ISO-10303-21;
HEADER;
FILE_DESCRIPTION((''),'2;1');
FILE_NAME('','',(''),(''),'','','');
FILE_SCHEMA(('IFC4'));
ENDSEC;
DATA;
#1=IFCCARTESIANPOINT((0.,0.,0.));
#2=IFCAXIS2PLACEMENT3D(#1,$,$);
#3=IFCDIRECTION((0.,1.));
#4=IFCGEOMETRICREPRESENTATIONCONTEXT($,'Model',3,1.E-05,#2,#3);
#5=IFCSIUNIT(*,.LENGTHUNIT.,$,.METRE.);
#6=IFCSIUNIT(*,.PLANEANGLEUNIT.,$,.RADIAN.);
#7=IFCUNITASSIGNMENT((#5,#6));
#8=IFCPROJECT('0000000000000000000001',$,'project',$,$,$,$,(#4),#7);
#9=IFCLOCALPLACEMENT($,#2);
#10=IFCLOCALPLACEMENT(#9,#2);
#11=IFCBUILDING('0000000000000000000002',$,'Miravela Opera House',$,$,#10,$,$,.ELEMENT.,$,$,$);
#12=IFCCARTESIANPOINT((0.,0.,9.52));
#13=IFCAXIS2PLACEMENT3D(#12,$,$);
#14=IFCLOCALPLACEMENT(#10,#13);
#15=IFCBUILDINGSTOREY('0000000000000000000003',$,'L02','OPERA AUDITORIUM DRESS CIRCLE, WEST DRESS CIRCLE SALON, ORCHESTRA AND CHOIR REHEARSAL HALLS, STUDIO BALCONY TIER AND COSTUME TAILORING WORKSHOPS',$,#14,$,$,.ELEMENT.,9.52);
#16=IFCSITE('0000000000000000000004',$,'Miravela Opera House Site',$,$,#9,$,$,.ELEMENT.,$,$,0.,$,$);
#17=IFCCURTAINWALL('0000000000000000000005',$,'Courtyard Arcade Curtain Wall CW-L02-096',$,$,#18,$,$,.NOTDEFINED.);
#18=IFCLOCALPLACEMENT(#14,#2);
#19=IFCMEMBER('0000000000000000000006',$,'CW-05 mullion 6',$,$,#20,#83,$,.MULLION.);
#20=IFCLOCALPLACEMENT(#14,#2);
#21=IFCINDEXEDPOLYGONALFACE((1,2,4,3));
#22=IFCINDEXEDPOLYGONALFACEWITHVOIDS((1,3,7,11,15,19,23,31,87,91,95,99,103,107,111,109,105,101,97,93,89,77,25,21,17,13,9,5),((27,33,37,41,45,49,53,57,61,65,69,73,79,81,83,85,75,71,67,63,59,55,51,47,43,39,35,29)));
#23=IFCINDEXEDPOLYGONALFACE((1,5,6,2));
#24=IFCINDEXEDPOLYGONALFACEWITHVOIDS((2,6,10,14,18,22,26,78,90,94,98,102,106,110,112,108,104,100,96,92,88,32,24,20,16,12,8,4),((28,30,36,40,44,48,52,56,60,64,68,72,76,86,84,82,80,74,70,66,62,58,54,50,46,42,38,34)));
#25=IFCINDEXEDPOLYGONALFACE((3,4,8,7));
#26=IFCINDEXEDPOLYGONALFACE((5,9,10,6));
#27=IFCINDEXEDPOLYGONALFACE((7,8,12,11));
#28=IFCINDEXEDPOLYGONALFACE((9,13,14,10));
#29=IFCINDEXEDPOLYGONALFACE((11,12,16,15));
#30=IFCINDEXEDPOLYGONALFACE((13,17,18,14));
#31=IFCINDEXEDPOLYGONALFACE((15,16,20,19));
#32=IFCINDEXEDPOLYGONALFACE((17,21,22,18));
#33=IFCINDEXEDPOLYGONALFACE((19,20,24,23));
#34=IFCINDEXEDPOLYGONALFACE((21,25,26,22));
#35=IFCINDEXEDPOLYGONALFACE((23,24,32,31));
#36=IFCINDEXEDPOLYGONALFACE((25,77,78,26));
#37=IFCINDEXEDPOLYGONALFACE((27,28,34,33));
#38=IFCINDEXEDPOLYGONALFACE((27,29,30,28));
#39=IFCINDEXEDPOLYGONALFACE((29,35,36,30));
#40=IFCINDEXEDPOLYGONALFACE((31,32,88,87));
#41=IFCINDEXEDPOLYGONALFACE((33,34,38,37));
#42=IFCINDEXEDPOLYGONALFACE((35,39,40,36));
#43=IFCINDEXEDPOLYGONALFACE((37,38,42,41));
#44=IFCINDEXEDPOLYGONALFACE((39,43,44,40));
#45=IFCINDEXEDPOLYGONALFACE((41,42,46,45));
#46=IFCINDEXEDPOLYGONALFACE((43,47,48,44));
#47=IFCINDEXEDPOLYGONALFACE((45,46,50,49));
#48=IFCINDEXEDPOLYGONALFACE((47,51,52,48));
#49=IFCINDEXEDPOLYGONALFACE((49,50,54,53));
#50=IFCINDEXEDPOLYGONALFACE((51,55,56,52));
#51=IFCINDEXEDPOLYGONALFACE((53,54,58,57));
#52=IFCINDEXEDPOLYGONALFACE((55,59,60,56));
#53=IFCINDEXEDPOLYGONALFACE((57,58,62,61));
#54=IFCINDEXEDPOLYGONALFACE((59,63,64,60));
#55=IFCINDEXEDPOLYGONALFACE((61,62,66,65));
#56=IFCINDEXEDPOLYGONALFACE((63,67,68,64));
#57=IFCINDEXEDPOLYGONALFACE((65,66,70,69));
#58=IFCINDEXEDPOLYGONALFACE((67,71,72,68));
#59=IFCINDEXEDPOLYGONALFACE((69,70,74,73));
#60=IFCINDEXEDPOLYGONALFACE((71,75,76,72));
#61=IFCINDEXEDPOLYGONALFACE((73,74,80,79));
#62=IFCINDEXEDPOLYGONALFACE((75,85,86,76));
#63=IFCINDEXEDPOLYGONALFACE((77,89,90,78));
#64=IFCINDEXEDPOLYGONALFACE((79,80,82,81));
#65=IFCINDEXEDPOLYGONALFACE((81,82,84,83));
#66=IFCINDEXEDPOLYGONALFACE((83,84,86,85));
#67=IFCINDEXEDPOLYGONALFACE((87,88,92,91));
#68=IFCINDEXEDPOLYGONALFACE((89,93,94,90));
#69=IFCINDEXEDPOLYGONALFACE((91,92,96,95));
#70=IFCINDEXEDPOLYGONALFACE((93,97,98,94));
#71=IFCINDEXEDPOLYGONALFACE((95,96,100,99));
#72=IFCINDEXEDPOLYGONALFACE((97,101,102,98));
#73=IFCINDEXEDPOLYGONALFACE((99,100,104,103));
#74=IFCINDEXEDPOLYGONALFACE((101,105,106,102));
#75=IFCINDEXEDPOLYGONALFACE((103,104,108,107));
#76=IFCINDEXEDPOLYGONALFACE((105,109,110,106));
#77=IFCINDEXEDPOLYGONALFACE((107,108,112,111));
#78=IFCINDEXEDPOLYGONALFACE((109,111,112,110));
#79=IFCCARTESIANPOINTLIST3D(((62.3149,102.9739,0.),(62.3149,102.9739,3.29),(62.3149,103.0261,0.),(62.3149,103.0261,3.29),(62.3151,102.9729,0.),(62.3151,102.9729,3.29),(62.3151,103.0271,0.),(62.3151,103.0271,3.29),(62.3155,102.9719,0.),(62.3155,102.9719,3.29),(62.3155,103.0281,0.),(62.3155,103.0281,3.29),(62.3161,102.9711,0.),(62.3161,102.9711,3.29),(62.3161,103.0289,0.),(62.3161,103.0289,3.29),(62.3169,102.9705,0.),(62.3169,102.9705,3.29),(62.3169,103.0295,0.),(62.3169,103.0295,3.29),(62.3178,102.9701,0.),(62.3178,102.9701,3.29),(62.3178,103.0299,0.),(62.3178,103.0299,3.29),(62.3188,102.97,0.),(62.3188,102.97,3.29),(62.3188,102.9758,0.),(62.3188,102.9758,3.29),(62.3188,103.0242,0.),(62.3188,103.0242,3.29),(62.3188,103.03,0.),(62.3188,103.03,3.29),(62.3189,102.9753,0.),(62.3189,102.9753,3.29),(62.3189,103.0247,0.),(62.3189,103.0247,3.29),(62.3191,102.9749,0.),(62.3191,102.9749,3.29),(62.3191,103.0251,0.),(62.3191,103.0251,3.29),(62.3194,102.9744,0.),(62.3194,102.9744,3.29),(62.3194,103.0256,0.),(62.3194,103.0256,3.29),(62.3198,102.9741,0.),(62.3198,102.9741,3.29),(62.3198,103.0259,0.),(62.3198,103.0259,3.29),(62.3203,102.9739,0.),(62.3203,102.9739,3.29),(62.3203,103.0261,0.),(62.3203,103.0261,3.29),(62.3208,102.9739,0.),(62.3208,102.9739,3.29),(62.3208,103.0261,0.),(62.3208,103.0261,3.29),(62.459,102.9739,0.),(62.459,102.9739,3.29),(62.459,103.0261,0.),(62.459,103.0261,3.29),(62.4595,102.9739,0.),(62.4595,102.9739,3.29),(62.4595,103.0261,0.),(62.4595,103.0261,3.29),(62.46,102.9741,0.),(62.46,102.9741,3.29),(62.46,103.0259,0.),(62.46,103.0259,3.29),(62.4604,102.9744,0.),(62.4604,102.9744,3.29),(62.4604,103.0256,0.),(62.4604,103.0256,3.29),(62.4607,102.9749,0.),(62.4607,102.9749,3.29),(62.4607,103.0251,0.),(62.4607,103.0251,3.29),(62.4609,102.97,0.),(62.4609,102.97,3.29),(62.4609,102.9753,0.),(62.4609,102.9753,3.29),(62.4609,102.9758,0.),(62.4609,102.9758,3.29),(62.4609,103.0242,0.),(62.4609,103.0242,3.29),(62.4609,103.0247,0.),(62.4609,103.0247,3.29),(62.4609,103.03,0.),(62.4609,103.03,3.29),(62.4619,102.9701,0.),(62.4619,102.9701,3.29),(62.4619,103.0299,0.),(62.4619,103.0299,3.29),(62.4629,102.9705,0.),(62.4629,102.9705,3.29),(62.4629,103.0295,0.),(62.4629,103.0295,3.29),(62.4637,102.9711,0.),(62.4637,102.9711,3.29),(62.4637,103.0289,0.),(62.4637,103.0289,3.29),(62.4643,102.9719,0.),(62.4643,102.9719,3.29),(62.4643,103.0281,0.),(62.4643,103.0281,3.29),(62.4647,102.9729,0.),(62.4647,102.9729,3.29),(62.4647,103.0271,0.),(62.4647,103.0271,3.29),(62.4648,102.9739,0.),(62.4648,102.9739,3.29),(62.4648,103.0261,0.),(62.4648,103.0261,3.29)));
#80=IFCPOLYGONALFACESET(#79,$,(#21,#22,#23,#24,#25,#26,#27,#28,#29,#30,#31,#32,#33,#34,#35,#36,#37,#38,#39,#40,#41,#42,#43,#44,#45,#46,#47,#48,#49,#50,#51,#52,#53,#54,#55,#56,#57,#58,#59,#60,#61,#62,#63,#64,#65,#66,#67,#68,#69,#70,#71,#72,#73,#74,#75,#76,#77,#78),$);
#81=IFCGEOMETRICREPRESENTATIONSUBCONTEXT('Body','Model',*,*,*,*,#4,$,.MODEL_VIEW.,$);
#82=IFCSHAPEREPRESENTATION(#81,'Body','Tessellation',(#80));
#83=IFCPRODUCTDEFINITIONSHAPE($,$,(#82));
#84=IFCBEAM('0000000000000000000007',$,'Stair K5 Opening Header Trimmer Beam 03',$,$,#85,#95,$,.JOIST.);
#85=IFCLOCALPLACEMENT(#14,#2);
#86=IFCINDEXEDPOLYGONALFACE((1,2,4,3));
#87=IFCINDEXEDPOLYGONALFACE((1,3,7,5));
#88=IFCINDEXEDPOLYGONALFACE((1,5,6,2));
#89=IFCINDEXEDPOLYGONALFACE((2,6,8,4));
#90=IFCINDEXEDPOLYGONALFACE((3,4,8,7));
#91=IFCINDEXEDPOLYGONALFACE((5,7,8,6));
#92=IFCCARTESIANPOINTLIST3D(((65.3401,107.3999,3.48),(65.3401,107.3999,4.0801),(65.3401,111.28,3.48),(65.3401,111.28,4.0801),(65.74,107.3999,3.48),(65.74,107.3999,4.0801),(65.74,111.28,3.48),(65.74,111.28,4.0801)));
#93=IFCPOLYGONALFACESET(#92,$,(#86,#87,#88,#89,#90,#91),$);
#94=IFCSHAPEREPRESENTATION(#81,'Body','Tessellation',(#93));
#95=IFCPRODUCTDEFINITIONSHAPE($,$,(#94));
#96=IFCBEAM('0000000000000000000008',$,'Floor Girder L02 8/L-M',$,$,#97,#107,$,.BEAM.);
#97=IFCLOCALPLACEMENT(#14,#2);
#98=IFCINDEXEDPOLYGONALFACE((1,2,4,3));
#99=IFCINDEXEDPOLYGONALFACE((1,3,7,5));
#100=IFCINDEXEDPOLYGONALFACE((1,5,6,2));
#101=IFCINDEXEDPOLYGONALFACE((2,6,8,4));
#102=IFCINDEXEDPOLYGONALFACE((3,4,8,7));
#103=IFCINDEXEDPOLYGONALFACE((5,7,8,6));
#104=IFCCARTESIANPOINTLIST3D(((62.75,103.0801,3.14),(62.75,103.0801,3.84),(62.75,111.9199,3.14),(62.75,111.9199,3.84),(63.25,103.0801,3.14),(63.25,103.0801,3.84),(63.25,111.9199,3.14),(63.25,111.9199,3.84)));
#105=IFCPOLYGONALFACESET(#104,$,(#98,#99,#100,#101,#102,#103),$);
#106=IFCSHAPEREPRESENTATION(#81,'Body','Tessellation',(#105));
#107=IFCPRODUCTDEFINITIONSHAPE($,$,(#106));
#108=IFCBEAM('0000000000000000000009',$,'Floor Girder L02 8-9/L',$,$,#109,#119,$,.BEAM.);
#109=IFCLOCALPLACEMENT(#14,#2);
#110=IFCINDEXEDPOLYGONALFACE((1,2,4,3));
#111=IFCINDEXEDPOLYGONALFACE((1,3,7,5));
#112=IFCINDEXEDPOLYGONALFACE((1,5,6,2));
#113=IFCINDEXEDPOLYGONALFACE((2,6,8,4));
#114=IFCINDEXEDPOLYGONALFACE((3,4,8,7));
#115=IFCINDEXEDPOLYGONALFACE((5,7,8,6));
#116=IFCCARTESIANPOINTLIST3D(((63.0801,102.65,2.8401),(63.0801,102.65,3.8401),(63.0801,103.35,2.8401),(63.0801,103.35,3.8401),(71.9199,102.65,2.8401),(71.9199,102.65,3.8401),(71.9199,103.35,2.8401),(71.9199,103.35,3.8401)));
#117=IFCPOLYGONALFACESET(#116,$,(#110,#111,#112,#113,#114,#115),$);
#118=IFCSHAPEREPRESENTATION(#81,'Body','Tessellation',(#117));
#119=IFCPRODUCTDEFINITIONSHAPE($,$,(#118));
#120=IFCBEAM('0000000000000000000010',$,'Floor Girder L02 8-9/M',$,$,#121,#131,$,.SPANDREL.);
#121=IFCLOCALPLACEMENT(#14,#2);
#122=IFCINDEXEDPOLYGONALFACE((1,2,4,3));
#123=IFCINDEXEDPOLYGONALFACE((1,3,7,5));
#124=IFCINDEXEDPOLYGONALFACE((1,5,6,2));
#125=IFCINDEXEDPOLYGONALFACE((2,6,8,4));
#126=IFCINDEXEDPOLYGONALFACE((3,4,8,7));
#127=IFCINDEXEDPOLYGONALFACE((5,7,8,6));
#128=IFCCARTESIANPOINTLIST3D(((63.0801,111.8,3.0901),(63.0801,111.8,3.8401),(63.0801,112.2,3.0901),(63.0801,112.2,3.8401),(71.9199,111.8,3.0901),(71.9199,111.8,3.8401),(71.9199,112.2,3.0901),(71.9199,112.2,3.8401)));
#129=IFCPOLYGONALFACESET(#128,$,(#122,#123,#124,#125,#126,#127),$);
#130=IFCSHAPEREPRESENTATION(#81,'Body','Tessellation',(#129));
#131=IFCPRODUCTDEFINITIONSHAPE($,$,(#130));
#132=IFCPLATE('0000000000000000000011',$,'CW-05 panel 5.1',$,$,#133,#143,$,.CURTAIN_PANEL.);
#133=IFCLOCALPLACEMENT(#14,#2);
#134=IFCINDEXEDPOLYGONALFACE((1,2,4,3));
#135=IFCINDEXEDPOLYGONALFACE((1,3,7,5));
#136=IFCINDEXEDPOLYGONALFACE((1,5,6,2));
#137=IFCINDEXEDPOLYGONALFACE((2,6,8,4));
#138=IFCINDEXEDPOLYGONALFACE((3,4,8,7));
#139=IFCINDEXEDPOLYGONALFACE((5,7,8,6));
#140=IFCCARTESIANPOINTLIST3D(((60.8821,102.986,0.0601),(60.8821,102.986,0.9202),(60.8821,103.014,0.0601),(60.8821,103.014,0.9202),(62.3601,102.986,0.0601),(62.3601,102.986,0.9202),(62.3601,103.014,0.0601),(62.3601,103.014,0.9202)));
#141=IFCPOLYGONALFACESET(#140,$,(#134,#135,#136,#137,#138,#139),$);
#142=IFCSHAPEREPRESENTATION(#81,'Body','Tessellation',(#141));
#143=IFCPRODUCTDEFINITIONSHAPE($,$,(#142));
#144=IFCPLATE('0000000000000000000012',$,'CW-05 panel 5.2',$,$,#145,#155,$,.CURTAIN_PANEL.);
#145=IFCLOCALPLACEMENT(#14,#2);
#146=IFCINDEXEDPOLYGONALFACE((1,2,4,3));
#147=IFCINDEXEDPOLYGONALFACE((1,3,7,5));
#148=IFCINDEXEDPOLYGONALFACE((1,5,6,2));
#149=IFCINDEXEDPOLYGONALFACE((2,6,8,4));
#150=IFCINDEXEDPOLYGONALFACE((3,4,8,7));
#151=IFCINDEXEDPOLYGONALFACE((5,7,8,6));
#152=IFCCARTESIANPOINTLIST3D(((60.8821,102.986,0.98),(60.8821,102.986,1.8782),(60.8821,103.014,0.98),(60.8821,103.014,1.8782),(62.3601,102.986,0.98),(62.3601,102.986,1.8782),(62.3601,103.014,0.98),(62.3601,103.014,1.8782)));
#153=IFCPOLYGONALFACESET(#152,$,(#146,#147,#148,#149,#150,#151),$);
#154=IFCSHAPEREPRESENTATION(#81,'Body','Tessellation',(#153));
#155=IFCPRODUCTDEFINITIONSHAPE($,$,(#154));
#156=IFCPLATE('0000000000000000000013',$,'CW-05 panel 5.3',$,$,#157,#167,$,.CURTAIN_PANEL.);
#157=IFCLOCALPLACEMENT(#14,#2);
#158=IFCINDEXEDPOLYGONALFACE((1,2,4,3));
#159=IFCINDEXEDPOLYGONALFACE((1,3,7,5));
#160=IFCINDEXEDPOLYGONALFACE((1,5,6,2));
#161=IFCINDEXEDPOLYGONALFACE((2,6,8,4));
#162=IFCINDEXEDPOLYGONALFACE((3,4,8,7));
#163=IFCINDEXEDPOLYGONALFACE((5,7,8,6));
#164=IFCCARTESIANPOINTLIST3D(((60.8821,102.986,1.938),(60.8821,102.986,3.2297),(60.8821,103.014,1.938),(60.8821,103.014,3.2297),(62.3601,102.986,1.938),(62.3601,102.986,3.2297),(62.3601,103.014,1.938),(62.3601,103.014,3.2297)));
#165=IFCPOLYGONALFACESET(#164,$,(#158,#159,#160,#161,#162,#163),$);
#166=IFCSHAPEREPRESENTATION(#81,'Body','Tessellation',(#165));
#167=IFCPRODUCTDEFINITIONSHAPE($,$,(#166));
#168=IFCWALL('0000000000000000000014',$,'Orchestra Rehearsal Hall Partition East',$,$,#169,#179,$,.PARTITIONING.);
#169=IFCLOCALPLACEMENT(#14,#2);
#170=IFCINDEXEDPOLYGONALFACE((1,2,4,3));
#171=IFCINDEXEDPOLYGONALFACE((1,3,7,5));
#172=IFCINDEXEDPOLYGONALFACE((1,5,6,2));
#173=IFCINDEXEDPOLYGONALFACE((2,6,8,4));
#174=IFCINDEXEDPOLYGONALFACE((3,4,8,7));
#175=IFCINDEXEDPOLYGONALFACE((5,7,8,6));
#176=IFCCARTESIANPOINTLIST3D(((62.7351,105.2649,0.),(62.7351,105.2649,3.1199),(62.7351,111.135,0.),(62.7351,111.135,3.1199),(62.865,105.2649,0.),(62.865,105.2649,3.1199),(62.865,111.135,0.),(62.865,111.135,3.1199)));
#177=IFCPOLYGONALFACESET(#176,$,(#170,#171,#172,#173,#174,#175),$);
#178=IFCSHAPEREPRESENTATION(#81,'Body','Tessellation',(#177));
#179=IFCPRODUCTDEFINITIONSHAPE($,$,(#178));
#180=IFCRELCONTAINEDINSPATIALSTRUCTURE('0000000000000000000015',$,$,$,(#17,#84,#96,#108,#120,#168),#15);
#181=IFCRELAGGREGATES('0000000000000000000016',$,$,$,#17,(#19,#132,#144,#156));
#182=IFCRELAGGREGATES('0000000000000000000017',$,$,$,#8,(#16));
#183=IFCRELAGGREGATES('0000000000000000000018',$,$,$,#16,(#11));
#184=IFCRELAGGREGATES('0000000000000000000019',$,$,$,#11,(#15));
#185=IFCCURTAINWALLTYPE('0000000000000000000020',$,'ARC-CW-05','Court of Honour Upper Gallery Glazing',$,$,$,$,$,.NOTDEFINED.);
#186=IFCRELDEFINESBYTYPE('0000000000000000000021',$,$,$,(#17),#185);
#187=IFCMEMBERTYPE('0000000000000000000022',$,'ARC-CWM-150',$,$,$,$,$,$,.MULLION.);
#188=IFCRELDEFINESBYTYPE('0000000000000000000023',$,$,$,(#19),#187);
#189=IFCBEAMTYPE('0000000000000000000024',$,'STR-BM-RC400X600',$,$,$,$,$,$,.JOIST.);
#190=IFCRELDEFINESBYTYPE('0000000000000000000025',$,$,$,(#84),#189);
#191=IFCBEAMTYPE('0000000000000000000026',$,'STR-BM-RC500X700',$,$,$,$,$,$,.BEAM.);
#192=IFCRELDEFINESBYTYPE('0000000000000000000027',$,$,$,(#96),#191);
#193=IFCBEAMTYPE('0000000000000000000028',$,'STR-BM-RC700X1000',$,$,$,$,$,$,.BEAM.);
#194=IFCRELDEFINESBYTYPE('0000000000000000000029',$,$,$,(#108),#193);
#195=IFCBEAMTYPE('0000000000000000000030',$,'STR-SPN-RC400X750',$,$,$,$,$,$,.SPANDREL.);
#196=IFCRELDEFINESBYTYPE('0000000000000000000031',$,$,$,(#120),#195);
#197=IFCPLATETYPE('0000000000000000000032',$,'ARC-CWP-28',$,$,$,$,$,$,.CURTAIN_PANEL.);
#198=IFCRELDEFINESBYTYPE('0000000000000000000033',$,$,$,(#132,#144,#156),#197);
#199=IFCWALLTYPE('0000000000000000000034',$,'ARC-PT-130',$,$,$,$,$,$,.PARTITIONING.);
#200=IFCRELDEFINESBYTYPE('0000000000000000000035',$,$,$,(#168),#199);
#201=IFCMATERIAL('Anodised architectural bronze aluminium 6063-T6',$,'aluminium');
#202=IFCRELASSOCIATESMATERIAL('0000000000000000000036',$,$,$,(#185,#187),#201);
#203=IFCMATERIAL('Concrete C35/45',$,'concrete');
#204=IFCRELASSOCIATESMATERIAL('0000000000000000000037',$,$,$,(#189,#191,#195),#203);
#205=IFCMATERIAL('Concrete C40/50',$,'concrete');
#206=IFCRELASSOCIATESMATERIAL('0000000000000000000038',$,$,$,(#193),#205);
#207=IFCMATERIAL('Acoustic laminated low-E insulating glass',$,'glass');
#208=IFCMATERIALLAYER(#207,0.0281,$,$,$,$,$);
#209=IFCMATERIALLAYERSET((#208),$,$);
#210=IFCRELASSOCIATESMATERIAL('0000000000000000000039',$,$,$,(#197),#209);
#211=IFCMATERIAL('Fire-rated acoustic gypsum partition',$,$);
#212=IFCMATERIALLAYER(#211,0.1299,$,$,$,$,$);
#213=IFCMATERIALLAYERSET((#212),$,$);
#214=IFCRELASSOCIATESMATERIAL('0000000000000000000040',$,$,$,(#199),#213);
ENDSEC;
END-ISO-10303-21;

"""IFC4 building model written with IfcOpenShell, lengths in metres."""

from ifc_helpers import new_model, si_unit, direction, frame, frame_2d, origin, origin_2d, place, context, subcontext, project, spatial, rectangle, hollow_rectangle, extrude, material, layer, layer_set, material_profile, profile_set, type_object, element, aggregate, save


model = new_model("IFC4")

# Units and contexts
model_context = context("Model", 3, precision=1e-05, world=origin(), true_north=direction((0.0, 1.0)))
body_context = subcontext(model_context, "Body", "Model", "MODEL_VIEW")
ifc_project = project(units=[si_unit("LENGTHUNIT", "METRE"), si_unit("PLANEANGLEUNIT", "RADIAN")], contexts=[model_context])

# Site, building, storey
site_placement = place(None, origin())
site = spatial("IfcSite", under=ifc_project, at=site_placement, Name="Miravela Opera House Site", CompositionType="ELEMENT", RefElevation=0.0)
building_placement = place(site_placement, origin())
building = spatial("IfcBuilding", under=site, at=building_placement, Name="Miravela Opera House", CompositionType="ELEMENT")
storey_placement = place(building_placement, frame((0.0, 0.0, 9.52)))
storey = spatial("IfcBuildingStorey", under=building, at=storey_placement, Name="L02", Description="OPERA AUDITORIUM DRESS CIRCLE, WEST DRESS CIRCLE SALON, ORCHESTRA AND CHOIR REHEARSAL HALLS, STUDIO BALCONY TIER AND COSTUME TAILORING WORKSHOPS", CompositionType="ELEMENT", Elevation=9.52)

# Shared definitions
ifc_material_1 = material(Name="Concrete C35/45", Category="concrete")

# Curtain wall, member
ifc_material_2 = material(Name="Anodised architectural bronze aluminium 6063-T6", Category="aluminium")
curtain_wall_type = type_object("IfcCurtainWallType", Name="ARC-CW-05", Description="Court of Honour Upper Gallery Glazing", PredefinedType="NOTDEFINED", material=ifc_material_2)
curtain_wall_placement = place(storey_placement, origin())
curtain_wall = element("IfcCurtainWall", 1, at=curtain_wall_placement, inside=storey, type_object=curtain_wall_type, Name="Courtyard Arcade Curtain Wall CW-L02-096", PredefinedType="NOTDEFINED")
ifc_material_profile_1 = material_profile(ifc_material_2, hollow_rectangle(XDim=0.0601, YDim=0.1499, WallThickness=0.0039, InnerFilletRadius=0.002, OuterFilletRadius=0.0039, at=origin_2d()), Name="CWM-60X150")
ifc_profile_set_1 = profile_set([ifc_material_profile_1])
member_type = type_object("IfcMemberType", Name="ARC-CWM-150", PredefinedType="MULLION", material=ifc_profile_set_1)
member_placement = place(storey_placement, frame((62.3899, 103.0, 0.0), z_axis=(0.0, 0.0, 1.0), x_axis=(0.0, 1.0, 0.0)))
member = element("IfcMember", 2, at=member_placement, type_object=member_type, Name="CW-05 mullion 6", PredefinedType="MULLION", context=body_context, shape_type="SweptSolid", body=[
    extrude(hollow_rectangle(XDim=0.0601, YDim=0.1499, WallThickness=0.0039, InnerFilletRadius=0.002, OuterFilletRadius=0.0039, at=origin_2d()), origin(), (0.0, 0.0, 1.0), 3.29),
])

# Beams
ifc_material_profile_2 = material_profile(ifc_material_1, rectangle(XDim=0.3999, YDim=0.6001, at=origin_2d()), Name="RC-BM-400X600")
ifc_profile_set_2 = profile_set([ifc_material_profile_2])
beam_type_1 = type_object("IfcBeamType", Name="STR-BM-RC400X600", PredefinedType="JOIST", material=ifc_profile_set_2)
beam_1_placement = place(storey_placement, frame((65.54, 107.3999, 3.78), z_axis=(0.0, 1.0, 0.0), x_axis=(-1.0, 0.0, 0.0)))
element("IfcBeam", 3, at=beam_1_placement, inside=storey, type_object=beam_type_1, Name="Stair K5 Opening Header Trimmer Beam 03", PredefinedType="JOIST", context=body_context, shape_type="SweptSolid", body=[
    extrude(rectangle(XDim=0.3999, YDim=0.6001, at=origin_2d()), origin(), (0.0, 0.0, 1.0), 3.8801),
])
ifc_material_profile_3 = material_profile(ifc_material_1, rectangle(XDim=0.5, YDim=0.7, at=origin_2d()), Name="RC-BM-500X700")
ifc_profile_set_3 = profile_set([ifc_material_profile_3])
beam_type_2 = type_object("IfcBeamType", Name="STR-BM-RC500X700", PredefinedType="BEAM", material=ifc_profile_set_3)
beam_2_placement = place(storey_placement, frame((63.0, 103.0801, 3.49), z_axis=(0.0, 1.0, 0.0), x_axis=(-1.0, 0.0, 0.0)))
element("IfcBeam", 4, at=beam_2_placement, inside=storey, type_object=beam_type_2, Name="Floor Girder L02 8/L-M", PredefinedType="BEAM", context=body_context, shape_type="SweptSolid", body=[
    extrude(rectangle(XDim=0.5, YDim=0.7, at=origin_2d()), origin(), (0.0, 0.0, 1.0), 8.8398),
])
ifc_material_3 = material(Name="Concrete C40/50", Category="concrete")
ifc_material_profile_4 = material_profile(ifc_material_3, rectangle(XDim=0.7, YDim=1.0, at=origin_2d()), Name="RC-BM-700X1000")
ifc_profile_set_4 = profile_set([ifc_material_profile_4])
beam_type_3 = type_object("IfcBeamType", Name="STR-BM-RC700X1000", PredefinedType="BEAM", material=ifc_profile_set_4)
beam_3_placement = place(storey_placement, frame((63.0801, 103.0, 3.3401), z_axis=(1.0, 0.0, 0.0), x_axis=(0.0, 1.0, 0.0)))
element("IfcBeam", 5, at=beam_3_placement, inside=storey, type_object=beam_type_3, Name="Floor Girder L02 8-9/L", PredefinedType="BEAM", context=body_context, shape_type="SweptSolid", body=[
    extrude(rectangle(XDim=0.7, YDim=1.0, at=origin_2d()), origin(), (0.0, 0.0, 1.0), 8.8398),
])
ifc_material_profile_5 = material_profile(ifc_material_1, rectangle(XDim=0.3999, YDim=0.75, at=origin_2d()), Name="RC-SPN-400X750")
ifc_profile_set_5 = profile_set([ifc_material_profile_5])
beam_type_4 = type_object("IfcBeamType", Name="STR-SPN-RC400X750", PredefinedType="SPANDREL", material=ifc_profile_set_5)
beam_4_placement = place(storey_placement, frame((63.0801, 112.0, 3.4651), z_axis=(1.0, 0.0, 0.0), x_axis=(0.0, 1.0, 0.0)))
element("IfcBeam", 6, at=beam_4_placement, inside=storey, type_object=beam_type_4, Name="Floor Girder L02 8-9/M", PredefinedType="SPANDREL", context=body_context, shape_type="SweptSolid", body=[
    extrude(rectangle(XDim=0.3999, YDim=0.75, at=origin_2d()), origin(), (0.0, 0.0, 1.0), 8.8398),
])

# Plates
ifc_material_4 = material(Name="Acoustic laminated low-E insulating glass", Category="glass")
ifc_layer_1 = layer(ifc_material_4, 0.0281)
ifc_layer_set_1 = layer_set([ifc_layer_1])
plate_type = type_object("IfcPlateType", Name="ARC-CWP-28", PredefinedType="CURTAIN_PANEL", material=ifc_layer_set_1)
plate_1_placement = place(storey_placement, frame((61.6211, 103.0, 0.0601), z_axis=(0.0, 0.0, 1.0), x_axis=(1.0, 0.0, 0.0)))
plate_1 = element("IfcPlate", 7, at=plate_1_placement, type_object=plate_type, Name="CW-05 panel 5.1", PredefinedType="CURTAIN_PANEL", context=body_context, shape_type="SweptSolid", body=[
    extrude(rectangle(XDim=1.478, YDim=0.0281, at=origin_2d()), origin(), (0.0, 0.0, 1.0), 0.8601),
])
plate_2_placement = place(storey_placement, frame((61.6211, 103.0, 0.98), z_axis=(0.0, 0.0, 1.0), x_axis=(1.0, 0.0, 0.0)))
plate_2 = element("IfcPlate", 8, at=plate_2_placement, type_object=plate_type, Name="CW-05 panel 5.2", PredefinedType="CURTAIN_PANEL", context=body_context, shape_type="SweptSolid", body=[
    extrude(rectangle(XDim=1.478, YDim=0.0281, at=origin_2d()), origin(), (0.0, 0.0, 1.0), 0.8982),
])
plate_3_placement = place(storey_placement, frame((61.6211, 103.0, 1.938), z_axis=(0.0, 0.0, 1.0), x_axis=(1.0, 0.0, 0.0)))
plate_3 = element("IfcPlate", 9, at=plate_3_placement, type_object=plate_type, Name="CW-05 panel 5.3", PredefinedType="CURTAIN_PANEL", context=body_context, shape_type="SweptSolid", body=[
    extrude(rectangle(XDim=1.478, YDim=0.0281, at=origin_2d()), origin(), (0.0, 0.0, 1.0), 1.2917),
])
aggregate(curtain_wall, [member, plate_1, plate_2, plate_3])

# Wall
ifc_material_5 = material(Name="Fire-rated acoustic gypsum partition")
ifc_layer_2 = layer(ifc_material_5, 0.1299)
ifc_layer_set_2 = layer_set([ifc_layer_2])
wall_type_1 = type_object("IfcWallType", Name="ARC-PT-130", PredefinedType="PARTITIONING", material=ifc_layer_set_2)
wall_1_placement = place(storey_placement, frame((62.8, 105.2649, 0.0), z_axis=(0.0, 0.0, 1.0), x_axis=(0.0, 1.0, 0.0)))
element("IfcWall", 10, at=wall_1_placement, inside=storey, type_object=wall_type_1, Name="Orchestra Rehearsal Hall Partition East", PredefinedType="PARTITIONING", context=body_context, shape_type="SweptSolid", body=[
    extrude(rectangle(XDim=5.8701, YDim=0.1299, at=frame_2d((2.9351, 0.0))), origin(), (0.0, 0.0, 1.0), 3.1199),
])

save(model, "model.ifc")
